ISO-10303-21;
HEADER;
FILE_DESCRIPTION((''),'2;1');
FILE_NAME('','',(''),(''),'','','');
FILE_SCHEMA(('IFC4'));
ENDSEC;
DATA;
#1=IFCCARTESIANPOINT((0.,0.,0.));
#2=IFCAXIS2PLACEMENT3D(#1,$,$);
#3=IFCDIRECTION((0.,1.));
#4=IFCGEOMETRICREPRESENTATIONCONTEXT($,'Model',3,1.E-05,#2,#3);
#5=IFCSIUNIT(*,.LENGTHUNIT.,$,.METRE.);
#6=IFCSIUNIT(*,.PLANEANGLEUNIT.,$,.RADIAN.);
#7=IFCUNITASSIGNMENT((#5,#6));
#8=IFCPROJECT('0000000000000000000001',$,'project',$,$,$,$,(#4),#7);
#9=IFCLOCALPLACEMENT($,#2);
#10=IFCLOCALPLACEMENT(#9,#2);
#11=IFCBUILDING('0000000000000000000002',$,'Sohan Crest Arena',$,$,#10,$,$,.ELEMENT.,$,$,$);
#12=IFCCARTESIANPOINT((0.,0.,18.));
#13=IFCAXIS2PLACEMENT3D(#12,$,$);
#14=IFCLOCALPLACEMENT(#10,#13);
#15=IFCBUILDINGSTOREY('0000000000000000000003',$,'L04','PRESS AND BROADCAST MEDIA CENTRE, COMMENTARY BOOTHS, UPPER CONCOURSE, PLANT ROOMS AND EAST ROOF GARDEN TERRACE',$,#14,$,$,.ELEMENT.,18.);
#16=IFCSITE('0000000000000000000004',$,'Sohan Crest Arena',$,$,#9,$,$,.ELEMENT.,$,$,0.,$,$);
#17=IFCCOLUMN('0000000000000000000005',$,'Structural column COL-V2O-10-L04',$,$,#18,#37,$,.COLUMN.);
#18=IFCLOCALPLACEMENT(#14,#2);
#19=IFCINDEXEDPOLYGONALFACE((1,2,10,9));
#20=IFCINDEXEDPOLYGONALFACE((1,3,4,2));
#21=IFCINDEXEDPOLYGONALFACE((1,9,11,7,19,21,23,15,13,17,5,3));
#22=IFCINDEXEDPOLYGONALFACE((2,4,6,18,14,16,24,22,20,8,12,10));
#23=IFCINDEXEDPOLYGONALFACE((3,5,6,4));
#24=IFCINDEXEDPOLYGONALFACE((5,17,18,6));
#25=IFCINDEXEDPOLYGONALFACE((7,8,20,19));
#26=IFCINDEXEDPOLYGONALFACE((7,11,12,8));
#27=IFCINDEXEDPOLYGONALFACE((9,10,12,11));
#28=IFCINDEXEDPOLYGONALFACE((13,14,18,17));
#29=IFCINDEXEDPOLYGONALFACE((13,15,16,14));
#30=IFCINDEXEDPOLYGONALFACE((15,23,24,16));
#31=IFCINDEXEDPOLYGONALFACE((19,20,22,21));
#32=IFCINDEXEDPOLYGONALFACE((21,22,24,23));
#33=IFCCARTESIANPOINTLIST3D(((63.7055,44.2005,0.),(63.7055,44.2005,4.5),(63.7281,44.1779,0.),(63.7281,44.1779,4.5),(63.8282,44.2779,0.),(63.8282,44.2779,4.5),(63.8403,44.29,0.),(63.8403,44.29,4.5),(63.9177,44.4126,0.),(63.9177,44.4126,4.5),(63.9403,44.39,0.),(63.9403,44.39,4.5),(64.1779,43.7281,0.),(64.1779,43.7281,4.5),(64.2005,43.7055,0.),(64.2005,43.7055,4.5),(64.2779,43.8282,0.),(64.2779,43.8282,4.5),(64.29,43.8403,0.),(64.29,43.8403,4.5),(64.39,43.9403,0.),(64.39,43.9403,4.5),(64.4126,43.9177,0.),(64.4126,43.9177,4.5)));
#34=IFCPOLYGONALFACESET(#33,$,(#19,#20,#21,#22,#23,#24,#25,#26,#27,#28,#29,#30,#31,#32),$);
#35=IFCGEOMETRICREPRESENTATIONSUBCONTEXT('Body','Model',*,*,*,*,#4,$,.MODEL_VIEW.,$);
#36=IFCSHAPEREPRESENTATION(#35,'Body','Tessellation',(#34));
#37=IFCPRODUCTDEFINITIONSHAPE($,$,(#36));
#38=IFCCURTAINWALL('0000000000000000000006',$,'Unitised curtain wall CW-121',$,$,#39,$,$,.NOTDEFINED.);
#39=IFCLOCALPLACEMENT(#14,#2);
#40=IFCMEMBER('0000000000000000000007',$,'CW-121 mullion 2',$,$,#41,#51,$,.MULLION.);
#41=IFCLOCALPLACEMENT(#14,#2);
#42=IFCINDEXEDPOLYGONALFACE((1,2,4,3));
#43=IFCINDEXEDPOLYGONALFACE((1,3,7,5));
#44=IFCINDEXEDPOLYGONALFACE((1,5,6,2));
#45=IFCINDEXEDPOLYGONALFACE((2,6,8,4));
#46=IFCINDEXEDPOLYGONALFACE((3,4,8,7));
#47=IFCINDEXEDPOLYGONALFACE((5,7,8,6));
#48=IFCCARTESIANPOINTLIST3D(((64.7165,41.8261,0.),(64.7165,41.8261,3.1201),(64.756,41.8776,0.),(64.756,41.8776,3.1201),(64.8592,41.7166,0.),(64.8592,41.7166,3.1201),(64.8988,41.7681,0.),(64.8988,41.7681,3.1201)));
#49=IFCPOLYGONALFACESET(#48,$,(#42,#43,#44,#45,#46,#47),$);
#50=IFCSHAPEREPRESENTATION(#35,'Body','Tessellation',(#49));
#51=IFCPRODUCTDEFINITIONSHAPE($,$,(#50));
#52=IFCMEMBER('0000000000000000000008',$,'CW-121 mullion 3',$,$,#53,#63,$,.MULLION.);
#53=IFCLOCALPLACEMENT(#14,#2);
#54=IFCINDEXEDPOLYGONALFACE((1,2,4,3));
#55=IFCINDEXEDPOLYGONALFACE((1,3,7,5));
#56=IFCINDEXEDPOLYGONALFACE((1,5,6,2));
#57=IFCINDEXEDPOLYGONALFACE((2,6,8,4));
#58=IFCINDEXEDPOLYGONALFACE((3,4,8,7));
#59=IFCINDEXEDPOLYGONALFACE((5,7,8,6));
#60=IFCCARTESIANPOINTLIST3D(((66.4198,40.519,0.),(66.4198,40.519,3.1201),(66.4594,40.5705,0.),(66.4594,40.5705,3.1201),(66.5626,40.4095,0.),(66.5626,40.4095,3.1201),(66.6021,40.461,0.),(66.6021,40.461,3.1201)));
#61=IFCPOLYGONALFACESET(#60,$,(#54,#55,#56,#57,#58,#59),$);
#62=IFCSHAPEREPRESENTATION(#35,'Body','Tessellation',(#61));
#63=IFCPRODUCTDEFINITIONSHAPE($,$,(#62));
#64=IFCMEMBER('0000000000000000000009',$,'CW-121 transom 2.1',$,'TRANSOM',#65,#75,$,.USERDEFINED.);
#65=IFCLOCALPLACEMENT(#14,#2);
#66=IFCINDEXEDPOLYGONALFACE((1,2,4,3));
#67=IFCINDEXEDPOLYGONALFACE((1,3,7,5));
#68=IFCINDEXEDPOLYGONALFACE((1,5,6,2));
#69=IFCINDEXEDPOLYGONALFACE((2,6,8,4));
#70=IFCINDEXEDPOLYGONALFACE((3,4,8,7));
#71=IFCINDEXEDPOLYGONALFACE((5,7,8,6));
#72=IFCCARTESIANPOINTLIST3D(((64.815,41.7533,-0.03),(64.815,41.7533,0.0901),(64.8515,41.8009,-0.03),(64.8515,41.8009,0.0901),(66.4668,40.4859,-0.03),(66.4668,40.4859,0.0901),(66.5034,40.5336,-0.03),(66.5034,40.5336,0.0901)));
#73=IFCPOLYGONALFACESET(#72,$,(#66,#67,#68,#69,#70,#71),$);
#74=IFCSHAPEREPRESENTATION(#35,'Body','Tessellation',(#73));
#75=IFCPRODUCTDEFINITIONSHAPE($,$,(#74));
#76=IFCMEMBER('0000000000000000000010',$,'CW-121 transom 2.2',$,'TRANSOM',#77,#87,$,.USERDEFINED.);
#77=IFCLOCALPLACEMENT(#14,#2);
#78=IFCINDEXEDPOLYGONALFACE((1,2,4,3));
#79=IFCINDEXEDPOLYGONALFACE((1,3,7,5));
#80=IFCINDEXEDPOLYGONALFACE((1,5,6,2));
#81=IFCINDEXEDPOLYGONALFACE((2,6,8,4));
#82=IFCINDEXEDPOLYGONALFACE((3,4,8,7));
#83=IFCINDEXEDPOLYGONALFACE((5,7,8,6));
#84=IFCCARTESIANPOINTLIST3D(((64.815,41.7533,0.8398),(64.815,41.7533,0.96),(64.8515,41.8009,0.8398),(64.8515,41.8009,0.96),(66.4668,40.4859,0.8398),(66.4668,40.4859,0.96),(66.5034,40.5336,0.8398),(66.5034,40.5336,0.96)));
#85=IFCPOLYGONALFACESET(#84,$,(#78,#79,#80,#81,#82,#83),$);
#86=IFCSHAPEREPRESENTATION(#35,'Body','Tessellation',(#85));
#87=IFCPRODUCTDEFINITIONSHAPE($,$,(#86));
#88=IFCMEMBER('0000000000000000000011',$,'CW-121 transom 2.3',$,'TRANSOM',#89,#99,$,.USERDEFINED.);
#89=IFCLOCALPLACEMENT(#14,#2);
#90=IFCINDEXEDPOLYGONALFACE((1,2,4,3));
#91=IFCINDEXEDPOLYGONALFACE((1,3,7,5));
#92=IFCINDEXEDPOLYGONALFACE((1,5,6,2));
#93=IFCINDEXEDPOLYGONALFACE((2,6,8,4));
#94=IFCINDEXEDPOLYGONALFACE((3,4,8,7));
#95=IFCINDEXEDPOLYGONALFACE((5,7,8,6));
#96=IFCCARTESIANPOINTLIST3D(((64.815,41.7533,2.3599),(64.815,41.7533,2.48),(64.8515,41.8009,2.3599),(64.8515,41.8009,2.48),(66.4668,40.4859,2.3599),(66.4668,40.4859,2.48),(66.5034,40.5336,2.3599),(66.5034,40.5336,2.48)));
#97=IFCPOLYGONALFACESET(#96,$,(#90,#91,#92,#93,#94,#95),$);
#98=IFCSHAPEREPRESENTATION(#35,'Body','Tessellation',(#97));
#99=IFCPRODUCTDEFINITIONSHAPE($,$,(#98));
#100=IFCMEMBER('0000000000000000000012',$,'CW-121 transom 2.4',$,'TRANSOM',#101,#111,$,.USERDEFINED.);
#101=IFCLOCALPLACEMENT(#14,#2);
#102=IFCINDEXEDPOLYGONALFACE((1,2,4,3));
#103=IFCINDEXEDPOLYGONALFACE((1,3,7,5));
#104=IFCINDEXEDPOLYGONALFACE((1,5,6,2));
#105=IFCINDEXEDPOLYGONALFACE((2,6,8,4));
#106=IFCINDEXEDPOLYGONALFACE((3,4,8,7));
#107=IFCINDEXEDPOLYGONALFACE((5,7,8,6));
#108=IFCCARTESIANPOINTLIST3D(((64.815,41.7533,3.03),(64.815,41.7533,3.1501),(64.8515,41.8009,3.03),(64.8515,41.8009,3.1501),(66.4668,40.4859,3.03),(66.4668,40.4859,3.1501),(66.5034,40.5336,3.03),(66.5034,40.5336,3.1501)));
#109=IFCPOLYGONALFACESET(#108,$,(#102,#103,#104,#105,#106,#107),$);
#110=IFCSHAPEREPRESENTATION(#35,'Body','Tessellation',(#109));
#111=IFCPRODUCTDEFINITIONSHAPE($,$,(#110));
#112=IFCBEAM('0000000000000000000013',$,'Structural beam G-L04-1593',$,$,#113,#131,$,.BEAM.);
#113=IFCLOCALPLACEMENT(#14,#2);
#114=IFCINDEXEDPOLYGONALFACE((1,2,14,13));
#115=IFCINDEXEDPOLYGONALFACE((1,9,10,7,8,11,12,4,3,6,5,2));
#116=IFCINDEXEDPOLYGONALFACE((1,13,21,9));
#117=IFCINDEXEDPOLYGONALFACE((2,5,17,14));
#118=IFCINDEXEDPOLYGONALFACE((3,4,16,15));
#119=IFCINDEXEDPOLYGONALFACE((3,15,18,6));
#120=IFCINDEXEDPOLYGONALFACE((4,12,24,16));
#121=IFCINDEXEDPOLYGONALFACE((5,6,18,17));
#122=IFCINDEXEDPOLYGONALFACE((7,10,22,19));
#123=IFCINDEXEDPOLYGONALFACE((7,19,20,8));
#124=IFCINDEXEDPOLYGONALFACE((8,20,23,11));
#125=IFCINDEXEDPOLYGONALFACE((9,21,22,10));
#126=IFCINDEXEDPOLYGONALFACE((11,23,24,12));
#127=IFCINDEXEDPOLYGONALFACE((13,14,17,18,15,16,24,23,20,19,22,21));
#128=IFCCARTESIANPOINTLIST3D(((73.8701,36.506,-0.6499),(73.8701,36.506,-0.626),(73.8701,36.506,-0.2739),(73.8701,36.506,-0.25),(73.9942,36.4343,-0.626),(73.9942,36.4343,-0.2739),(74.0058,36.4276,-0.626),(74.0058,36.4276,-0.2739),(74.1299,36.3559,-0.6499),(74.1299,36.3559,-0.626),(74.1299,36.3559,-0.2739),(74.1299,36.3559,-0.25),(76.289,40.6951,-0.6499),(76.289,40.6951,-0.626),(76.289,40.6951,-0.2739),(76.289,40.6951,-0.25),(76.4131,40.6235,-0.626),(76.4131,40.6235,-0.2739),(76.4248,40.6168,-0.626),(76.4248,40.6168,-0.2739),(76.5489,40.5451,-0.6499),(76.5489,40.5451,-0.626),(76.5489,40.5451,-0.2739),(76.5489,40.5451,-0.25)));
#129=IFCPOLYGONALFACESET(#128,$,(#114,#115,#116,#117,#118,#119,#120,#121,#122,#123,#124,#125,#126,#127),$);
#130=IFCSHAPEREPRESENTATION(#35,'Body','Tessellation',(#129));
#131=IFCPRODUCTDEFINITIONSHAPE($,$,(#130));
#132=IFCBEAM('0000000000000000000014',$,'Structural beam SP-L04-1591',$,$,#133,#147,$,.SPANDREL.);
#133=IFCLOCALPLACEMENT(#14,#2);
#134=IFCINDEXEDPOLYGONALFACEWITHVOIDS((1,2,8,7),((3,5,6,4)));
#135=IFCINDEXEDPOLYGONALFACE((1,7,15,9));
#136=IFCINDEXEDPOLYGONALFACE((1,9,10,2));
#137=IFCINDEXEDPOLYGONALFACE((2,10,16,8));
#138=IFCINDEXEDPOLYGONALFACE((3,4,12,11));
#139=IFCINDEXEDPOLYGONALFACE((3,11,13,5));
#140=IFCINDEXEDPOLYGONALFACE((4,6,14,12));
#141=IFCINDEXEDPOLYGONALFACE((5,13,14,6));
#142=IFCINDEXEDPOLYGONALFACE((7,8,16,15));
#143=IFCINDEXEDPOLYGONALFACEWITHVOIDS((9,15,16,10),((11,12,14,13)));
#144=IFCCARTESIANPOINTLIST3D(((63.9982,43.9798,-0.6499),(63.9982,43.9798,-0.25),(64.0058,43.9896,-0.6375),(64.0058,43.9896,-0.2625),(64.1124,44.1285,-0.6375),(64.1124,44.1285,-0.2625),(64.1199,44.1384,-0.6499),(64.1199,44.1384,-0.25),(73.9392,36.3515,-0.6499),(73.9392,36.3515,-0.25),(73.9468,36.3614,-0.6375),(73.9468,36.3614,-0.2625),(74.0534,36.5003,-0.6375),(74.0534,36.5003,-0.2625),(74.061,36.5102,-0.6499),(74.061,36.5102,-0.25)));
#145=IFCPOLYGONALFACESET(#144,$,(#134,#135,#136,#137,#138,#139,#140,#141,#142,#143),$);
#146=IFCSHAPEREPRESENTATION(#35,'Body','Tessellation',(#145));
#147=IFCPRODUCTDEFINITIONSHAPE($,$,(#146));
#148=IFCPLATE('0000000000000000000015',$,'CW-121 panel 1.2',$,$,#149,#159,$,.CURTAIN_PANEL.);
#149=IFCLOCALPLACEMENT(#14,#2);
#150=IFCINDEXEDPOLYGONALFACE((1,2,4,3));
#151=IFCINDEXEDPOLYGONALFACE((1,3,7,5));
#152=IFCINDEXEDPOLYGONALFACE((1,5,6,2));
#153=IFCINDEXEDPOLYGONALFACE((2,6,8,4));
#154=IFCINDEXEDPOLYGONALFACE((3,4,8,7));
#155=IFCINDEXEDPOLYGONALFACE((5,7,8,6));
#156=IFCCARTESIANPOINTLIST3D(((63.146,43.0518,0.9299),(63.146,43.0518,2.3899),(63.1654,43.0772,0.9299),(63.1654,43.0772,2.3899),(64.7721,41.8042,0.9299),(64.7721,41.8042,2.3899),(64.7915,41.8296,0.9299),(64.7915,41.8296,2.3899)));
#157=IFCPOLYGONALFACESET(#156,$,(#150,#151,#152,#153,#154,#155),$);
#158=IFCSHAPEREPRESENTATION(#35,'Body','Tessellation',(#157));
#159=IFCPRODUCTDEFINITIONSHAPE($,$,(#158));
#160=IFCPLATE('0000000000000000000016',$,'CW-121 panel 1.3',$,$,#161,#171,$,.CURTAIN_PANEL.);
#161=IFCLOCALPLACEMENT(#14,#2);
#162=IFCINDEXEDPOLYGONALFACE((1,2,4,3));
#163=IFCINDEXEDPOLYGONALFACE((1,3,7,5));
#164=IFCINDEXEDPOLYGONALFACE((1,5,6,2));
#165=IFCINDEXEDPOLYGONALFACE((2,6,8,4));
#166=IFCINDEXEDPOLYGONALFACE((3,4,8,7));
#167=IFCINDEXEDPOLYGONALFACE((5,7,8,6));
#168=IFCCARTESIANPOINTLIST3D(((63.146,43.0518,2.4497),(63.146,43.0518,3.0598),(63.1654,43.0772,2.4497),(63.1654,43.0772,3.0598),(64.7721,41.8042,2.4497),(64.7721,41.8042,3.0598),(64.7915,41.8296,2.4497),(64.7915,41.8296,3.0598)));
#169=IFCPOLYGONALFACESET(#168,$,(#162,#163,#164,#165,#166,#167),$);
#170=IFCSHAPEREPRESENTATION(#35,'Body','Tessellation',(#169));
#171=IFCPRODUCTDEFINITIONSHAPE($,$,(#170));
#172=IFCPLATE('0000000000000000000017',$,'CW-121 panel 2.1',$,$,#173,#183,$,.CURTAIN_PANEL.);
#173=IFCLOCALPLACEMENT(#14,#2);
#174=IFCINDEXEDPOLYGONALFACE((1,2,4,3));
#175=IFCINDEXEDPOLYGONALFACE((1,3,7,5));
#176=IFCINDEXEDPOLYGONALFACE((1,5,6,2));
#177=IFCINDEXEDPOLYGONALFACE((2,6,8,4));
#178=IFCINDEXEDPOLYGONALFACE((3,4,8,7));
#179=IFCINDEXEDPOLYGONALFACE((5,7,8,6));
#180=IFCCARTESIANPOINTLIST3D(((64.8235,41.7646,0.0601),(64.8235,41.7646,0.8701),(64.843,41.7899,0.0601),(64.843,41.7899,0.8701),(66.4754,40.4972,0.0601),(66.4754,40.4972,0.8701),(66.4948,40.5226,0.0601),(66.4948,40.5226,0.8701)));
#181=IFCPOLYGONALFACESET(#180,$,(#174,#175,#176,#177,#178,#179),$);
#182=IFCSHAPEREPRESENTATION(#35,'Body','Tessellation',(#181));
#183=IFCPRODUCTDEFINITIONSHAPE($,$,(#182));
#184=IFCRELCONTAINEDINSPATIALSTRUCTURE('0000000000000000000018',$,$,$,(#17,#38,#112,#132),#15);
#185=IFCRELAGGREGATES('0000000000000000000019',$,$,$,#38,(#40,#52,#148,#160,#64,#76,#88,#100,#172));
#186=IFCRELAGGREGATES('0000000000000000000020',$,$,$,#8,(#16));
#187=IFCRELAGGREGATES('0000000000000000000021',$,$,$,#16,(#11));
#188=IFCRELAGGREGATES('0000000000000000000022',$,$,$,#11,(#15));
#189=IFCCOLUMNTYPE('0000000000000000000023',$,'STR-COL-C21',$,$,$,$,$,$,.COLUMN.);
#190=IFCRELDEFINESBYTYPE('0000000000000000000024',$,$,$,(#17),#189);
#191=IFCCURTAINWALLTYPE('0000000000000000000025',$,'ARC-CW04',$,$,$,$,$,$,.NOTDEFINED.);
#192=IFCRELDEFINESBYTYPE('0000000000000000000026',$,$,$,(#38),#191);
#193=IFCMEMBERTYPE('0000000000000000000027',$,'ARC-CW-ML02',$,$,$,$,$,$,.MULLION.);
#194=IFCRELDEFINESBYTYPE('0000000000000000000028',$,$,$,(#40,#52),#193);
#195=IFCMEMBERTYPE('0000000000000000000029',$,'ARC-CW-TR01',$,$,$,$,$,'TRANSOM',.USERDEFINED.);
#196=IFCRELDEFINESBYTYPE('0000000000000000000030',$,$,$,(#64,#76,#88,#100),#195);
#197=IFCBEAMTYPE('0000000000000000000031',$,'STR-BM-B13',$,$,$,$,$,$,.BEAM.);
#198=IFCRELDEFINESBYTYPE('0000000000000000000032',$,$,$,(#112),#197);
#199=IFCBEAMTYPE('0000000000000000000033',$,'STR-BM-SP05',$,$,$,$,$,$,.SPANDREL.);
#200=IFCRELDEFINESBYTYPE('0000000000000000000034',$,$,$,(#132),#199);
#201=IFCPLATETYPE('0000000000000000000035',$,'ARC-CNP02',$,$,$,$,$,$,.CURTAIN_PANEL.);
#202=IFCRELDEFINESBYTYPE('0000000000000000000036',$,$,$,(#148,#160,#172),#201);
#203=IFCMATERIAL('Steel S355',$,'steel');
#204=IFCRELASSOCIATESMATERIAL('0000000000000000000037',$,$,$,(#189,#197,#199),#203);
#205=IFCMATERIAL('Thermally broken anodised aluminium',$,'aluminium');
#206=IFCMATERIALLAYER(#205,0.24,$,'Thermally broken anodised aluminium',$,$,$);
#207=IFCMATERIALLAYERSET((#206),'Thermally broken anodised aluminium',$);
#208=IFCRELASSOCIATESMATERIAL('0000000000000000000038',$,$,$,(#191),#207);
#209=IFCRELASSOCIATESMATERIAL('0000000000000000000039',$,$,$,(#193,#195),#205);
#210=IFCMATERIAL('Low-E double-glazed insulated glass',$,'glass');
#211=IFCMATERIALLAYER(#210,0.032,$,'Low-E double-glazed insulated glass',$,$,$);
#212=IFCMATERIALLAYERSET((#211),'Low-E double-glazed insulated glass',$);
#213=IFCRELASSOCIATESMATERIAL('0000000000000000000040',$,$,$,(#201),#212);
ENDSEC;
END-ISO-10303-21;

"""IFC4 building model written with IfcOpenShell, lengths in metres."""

from ifc_helpers import new_model, si_unit, direction, frame, origin, origin_2d, place, context, subcontext, project, spatial, rectangle, hollow_rectangle, i_section, extrude, material, layer, layer_set, material_profile, profile_set, type_object, element, aggregate, save


model = new_model("IFC4")

# Units and contexts
model_context = context("Model", 3, precision=1e-05, world=origin(), true_north=direction((0.0, 1.0)))
body_context = subcontext(model_context, "Body", "Model", "MODEL_VIEW")
ifc_project = project(units=[si_unit("LENGTHUNIT", "METRE"), si_unit("PLANEANGLEUNIT", "RADIAN")], contexts=[model_context])

# Site, building, storey
site_placement = place(None, origin())
site = spatial("IfcSite", under=ifc_project, at=site_placement, Name="Sohan Crest Arena", CompositionType="ELEMENT", RefElevation=0.0)
building_placement = place(site_placement, origin())
building = spatial("IfcBuilding", under=site, at=building_placement, Name="Sohan Crest Arena", CompositionType="ELEMENT")
storey_placement = place(building_placement, frame((0.0, 0.0, 18.0)))
storey = spatial("IfcBuildingStorey", under=building, at=storey_placement, Name="L04", Description="PRESS AND BROADCAST MEDIA CENTRE, COMMENTARY BOOTHS, UPPER CONCOURSE, PLANT ROOMS AND EAST ROOF GARDEN TERRACE", CompositionType="ELEMENT", Elevation=18.0)

# Column
ifc_material_1 = material(Name="Steel S355", Category="steel")
ifc_material_profile_1 = material_profile(ifc_material_1, i_section(OverallWidth=0.3, OverallDepth=0.7, WebThickness=0.0171, FlangeThickness=0.032, at=origin_2d()), Name="HEB 700")
ifc_profile_set_1 = profile_set([ifc_material_profile_1], Name="Steel S355")
column_type = type_object("IfcColumnType", Name="STR-COL-C21", PredefinedType="COLUMN", material=ifc_profile_set_1)
column_placement = place(storey_placement, frame((64.0591, 44.0591, 0.0), z_axis=(0.0, 0.0, 1.0), x_axis=(0.707107, 0.707107, 0.0)))
element("IfcColumn", 1, at=column_placement, inside=storey, type_object=column_type, Name="Structural column COL-V2O-10-L04", PredefinedType="COLUMN", context=body_context, shape_type="SweptSolid", body=[
    extrude(i_section(OverallWidth=0.3, OverallDepth=0.7, WebThickness=0.0171, FlangeThickness=0.032, at=origin_2d()), origin(), (0.0, 0.0, 1.0), 4.5),
])

# Curtain wall, members
ifc_material_2 = material(Name="Thermally broken anodised aluminium", Category="aluminium")
ifc_layer_1 = layer(ifc_material_2, 0.24, Name="Thermally broken anodised aluminium")
ifc_layer_set_1 = layer_set([ifc_layer_1], Name="Thermally broken anodised aluminium")
curtain_wall_type = type_object("IfcCurtainWallType", Name="ARC-CW04", PredefinedType="NOTDEFINED", material=ifc_layer_set_1)
curtain_wall_placement = place(storey_placement, origin())
curtain_wall = element("IfcCurtainWall", 2, at=curtain_wall_placement, inside=storey, type_object=curtain_wall_type, Name="Unitised curtain wall CW-121", PredefinedType="NOTDEFINED")
ifc_material_profile_2 = material_profile(ifc_material_2, rectangle(XDim=0.0649, YDim=0.1799, at=origin_2d()), Name="ALU-MULL 65x180")
ifc_profile_set_2 = profile_set([ifc_material_profile_2], Name="Thermally broken anodised aluminium")
member_type_1 = type_object("IfcMemberType", Name="ARC-CW-ML02", PredefinedType="MULLION", material=ifc_profile_set_2)
member_1_placement = place(storey_placement, frame((64.8076, 41.7971, 0.0), z_axis=(0.0, 0.0, 1.0), x_axis=(0.60872, 0.793385, 0.0)))
member_1 = element("IfcMember", 3, at=member_1_placement, type_object=member_type_1, Name="CW-121 mullion 2", PredefinedType="MULLION", context=body_context, shape_type="SweptSolid", body=[
    extrude(rectangle(XDim=0.0649, YDim=0.1799, at=origin_2d()), origin(), (0.0, 0.0, 1.0), 3.1201),
])
member_2_placement = place(storey_placement, frame((66.511, 40.49, 0.0), z_axis=(0.0, 0.0, 1.0), x_axis=(0.60872, 0.793385, 0.0)))
member_2 = element("IfcMember", 4, at=member_2_placement, type_object=member_type_1, Name="CW-121 mullion 3", PredefinedType="MULLION", context=body_context, shape_type="SweptSolid", body=[
    extrude(rectangle(XDim=0.0649, YDim=0.1799, at=origin_2d()), origin(), (0.0, 0.0, 1.0), 3.1201),
])
ifc_material_profile_3 = material_profile(ifc_material_2, rectangle(XDim=0.0601, YDim=0.1201, at=origin_2d()), Name="ALU-TRAN 60x120")
ifc_profile_set_3 = profile_set([ifc_material_profile_3], Name="Thermally broken anodised aluminium")
member_type_2 = type_object("IfcMemberType", Name="ARC-CW-TR01", ElementType="TRANSOM", PredefinedType="USERDEFINED", material=ifc_profile_set_3)
member_3_placement = place(storey_placement, frame((64.8333, 41.7771, 0.03), z_axis=(0.793395, -0.608707, 0.0), x_axis=(0.608707, 0.793395, 0.0)))
member_3 = element("IfcMember", 5, at=member_3_placement, type_object=member_type_2, Name="CW-121 transom 2.1", ObjectType="TRANSOM", PredefinedType="USERDEFINED", context=body_context, shape_type="SweptSolid", body=[
    extrude(rectangle(XDim=0.0601, YDim=0.1201, at=origin_2d()), origin(), (0.0, 0.0, 1.0), 2.082),
])
member_4_placement = place(storey_placement, frame((64.8333, 41.7771, 0.8999), z_axis=(0.793395, -0.608707, 0.0), x_axis=(0.608707, 0.793395, 0.0)))
member_4 = element("IfcMember", 6, at=member_4_placement, type_object=member_type_2, Name="CW-121 transom 2.2", ObjectType="TRANSOM", PredefinedType="USERDEFINED", context=body_context, shape_type="SweptSolid", body=[
    extrude(rectangle(XDim=0.0601, YDim=0.1201, at=origin_2d()), origin(), (0.0, 0.0, 1.0), 2.082),
])
member_5_placement = place(storey_placement, frame((64.8333, 41.7771, 2.4199), z_axis=(0.793395, -0.608707, 0.0), x_axis=(0.608707, 0.793395, 0.0)))
member_5 = element("IfcMember", 7, at=member_5_placement, type_object=member_type_2, Name="CW-121 transom 2.3", ObjectType="TRANSOM", PredefinedType="USERDEFINED", context=body_context, shape_type="SweptSolid", body=[
    extrude(rectangle(XDim=0.0601, YDim=0.1201, at=origin_2d()), origin(), (0.0, 0.0, 1.0), 2.082),
])
member_6_placement = place(storey_placement, frame((64.8333, 41.7771, 3.0901), z_axis=(0.793395, -0.608707, 0.0), x_axis=(0.608707, 0.793395, 0.0)))
member_6 = element("IfcMember", 8, at=member_6_placement, type_object=member_type_2, Name="CW-121 transom 2.4", ObjectType="TRANSOM", PredefinedType="USERDEFINED", context=body_context, shape_type="SweptSolid", body=[
    extrude(rectangle(XDim=0.0601, YDim=0.1201, at=origin_2d()), origin(), (0.0, 0.0, 1.0), 2.082),
])

# Beams
ifc_material_profile_4 = material_profile(ifc_material_1, i_section(OverallWidth=0.3, OverallDepth=0.3999, WebThickness=0.0134, FlangeThickness=0.0239, at=origin_2d()), Name="HEB 400")
ifc_profile_set_4 = profile_set([ifc_material_profile_4], Name="Steel S355")
beam_type_1 = type_object("IfcBeamType", Name="STR-BM-B13", PredefinedType="BEAM", material=ifc_profile_set_4)
beam_1_placement = place(storey_placement, frame((76.4189, 40.6201, -0.45), z_axis=(-0.500047, -0.865998, 0.0), x_axis=(0.865998, -0.500047, 0.0)))
element("IfcBeam", 9, at=beam_1_placement, inside=storey, type_object=beam_type_1, Name="Structural beam G-L04-1593", PredefinedType="BEAM", context=body_context, shape_type="SweptSolid", body=[
    extrude(i_section(OverallWidth=0.3, OverallDepth=0.3999, WebThickness=0.0134, FlangeThickness=0.0239, at=origin_2d()), origin(), (0.0, 0.0, 1.0), 4.8374),
])
ifc_material_profile_5 = material_profile(ifc_material_1, hollow_rectangle(XDim=0.2, YDim=0.3999, WallThickness=0.0125, at=origin_2d()), Name="RHS 400x200x12.5")
ifc_profile_set_5 = profile_set([ifc_material_profile_5], Name="Steel S355")
beam_type_2 = type_object("IfcBeamType", Name="STR-BM-SP05", PredefinedType="SPANDREL", material=ifc_profile_set_5)
beam_2_placement = place(storey_placement, frame((64.0591, 44.0591, -0.45), z_axis=(0.793344, -0.608773, 0.0), x_axis=(0.608773, 0.793344, 0.0)))
element("IfcBeam", 10, at=beam_2_placement, inside=storey, type_object=beam_type_2, Name="Structural beam SP-L04-1591", PredefinedType="SPANDREL", context=body_context, shape_type="SweptSolid", body=[
    extrude(hollow_rectangle(XDim=0.2, YDim=0.3999, WallThickness=0.0125, at=origin_2d()), origin(), (0.0, 0.0, 1.0), 12.5305),
])

# Plates
ifc_material_3 = material(Name="Low-E double-glazed insulated glass", Category="glass")
ifc_layer_2 = layer(ifc_material_3, 0.032, Name="Low-E double-glazed insulated glass")
ifc_layer_set_2 = layer_set([ifc_layer_2], Name="Low-E double-glazed insulated glass")
plate_type = type_object("IfcPlateType", Name="ARC-CNP02", PredefinedType="CURTAIN_PANEL", material=ifc_layer_set_2)
plate_1_placement = place(storey_placement, frame((63.9688, 42.4407, 0.9299), z_axis=(0.0, 0.0, 1.0), x_axis=(0.793385, -0.60872, 0.0)))
plate_1 = element("IfcPlate", 11, at=plate_1_placement, type_object=plate_type, Name="CW-121 panel 1.2", PredefinedType="CURTAIN_PANEL", context=body_context, shape_type="SweptSolid", body=[
    extrude(rectangle(XDim=2.0496, YDim=0.032, at=origin_2d()), origin(), (0.0, 0.0, 1.0), 1.46),
])
plate_2_placement = place(storey_placement, frame((63.9688, 42.4407, 2.4497), z_axis=(0.0, 0.0, 1.0), x_axis=(0.793385, -0.60872, 0.0)))
plate_2 = element("IfcPlate", 12, at=plate_2_placement, type_object=plate_type, Name="CW-121 panel 1.3", PredefinedType="CURTAIN_PANEL", context=body_context, shape_type="SweptSolid", body=[
    extrude(rectangle(XDim=2.0496, YDim=0.032, at=origin_2d()), origin(), (0.0, 0.0, 1.0), 0.6101),
])
plate_3_placement = place(storey_placement, frame((65.6592, 41.1436, 0.0601), z_axis=(0.0, 0.0, 1.0), x_axis=(0.793385, -0.60872, 0.0)))
plate_3 = element("IfcPlate", 13, at=plate_3_placement, type_object=plate_type, Name="CW-121 panel 2.1", PredefinedType="CURTAIN_PANEL", context=body_context, shape_type="SweptSolid", body=[
    extrude(rectangle(XDim=2.082, YDim=0.032, at=origin_2d()), origin(), (0.0, 0.0, 1.0), 0.8101),
])
aggregate(curtain_wall, [member_1, member_2, plate_1, plate_2, member_3, member_4, member_5, member_6, plate_3])

save(model, "model.ifc")
